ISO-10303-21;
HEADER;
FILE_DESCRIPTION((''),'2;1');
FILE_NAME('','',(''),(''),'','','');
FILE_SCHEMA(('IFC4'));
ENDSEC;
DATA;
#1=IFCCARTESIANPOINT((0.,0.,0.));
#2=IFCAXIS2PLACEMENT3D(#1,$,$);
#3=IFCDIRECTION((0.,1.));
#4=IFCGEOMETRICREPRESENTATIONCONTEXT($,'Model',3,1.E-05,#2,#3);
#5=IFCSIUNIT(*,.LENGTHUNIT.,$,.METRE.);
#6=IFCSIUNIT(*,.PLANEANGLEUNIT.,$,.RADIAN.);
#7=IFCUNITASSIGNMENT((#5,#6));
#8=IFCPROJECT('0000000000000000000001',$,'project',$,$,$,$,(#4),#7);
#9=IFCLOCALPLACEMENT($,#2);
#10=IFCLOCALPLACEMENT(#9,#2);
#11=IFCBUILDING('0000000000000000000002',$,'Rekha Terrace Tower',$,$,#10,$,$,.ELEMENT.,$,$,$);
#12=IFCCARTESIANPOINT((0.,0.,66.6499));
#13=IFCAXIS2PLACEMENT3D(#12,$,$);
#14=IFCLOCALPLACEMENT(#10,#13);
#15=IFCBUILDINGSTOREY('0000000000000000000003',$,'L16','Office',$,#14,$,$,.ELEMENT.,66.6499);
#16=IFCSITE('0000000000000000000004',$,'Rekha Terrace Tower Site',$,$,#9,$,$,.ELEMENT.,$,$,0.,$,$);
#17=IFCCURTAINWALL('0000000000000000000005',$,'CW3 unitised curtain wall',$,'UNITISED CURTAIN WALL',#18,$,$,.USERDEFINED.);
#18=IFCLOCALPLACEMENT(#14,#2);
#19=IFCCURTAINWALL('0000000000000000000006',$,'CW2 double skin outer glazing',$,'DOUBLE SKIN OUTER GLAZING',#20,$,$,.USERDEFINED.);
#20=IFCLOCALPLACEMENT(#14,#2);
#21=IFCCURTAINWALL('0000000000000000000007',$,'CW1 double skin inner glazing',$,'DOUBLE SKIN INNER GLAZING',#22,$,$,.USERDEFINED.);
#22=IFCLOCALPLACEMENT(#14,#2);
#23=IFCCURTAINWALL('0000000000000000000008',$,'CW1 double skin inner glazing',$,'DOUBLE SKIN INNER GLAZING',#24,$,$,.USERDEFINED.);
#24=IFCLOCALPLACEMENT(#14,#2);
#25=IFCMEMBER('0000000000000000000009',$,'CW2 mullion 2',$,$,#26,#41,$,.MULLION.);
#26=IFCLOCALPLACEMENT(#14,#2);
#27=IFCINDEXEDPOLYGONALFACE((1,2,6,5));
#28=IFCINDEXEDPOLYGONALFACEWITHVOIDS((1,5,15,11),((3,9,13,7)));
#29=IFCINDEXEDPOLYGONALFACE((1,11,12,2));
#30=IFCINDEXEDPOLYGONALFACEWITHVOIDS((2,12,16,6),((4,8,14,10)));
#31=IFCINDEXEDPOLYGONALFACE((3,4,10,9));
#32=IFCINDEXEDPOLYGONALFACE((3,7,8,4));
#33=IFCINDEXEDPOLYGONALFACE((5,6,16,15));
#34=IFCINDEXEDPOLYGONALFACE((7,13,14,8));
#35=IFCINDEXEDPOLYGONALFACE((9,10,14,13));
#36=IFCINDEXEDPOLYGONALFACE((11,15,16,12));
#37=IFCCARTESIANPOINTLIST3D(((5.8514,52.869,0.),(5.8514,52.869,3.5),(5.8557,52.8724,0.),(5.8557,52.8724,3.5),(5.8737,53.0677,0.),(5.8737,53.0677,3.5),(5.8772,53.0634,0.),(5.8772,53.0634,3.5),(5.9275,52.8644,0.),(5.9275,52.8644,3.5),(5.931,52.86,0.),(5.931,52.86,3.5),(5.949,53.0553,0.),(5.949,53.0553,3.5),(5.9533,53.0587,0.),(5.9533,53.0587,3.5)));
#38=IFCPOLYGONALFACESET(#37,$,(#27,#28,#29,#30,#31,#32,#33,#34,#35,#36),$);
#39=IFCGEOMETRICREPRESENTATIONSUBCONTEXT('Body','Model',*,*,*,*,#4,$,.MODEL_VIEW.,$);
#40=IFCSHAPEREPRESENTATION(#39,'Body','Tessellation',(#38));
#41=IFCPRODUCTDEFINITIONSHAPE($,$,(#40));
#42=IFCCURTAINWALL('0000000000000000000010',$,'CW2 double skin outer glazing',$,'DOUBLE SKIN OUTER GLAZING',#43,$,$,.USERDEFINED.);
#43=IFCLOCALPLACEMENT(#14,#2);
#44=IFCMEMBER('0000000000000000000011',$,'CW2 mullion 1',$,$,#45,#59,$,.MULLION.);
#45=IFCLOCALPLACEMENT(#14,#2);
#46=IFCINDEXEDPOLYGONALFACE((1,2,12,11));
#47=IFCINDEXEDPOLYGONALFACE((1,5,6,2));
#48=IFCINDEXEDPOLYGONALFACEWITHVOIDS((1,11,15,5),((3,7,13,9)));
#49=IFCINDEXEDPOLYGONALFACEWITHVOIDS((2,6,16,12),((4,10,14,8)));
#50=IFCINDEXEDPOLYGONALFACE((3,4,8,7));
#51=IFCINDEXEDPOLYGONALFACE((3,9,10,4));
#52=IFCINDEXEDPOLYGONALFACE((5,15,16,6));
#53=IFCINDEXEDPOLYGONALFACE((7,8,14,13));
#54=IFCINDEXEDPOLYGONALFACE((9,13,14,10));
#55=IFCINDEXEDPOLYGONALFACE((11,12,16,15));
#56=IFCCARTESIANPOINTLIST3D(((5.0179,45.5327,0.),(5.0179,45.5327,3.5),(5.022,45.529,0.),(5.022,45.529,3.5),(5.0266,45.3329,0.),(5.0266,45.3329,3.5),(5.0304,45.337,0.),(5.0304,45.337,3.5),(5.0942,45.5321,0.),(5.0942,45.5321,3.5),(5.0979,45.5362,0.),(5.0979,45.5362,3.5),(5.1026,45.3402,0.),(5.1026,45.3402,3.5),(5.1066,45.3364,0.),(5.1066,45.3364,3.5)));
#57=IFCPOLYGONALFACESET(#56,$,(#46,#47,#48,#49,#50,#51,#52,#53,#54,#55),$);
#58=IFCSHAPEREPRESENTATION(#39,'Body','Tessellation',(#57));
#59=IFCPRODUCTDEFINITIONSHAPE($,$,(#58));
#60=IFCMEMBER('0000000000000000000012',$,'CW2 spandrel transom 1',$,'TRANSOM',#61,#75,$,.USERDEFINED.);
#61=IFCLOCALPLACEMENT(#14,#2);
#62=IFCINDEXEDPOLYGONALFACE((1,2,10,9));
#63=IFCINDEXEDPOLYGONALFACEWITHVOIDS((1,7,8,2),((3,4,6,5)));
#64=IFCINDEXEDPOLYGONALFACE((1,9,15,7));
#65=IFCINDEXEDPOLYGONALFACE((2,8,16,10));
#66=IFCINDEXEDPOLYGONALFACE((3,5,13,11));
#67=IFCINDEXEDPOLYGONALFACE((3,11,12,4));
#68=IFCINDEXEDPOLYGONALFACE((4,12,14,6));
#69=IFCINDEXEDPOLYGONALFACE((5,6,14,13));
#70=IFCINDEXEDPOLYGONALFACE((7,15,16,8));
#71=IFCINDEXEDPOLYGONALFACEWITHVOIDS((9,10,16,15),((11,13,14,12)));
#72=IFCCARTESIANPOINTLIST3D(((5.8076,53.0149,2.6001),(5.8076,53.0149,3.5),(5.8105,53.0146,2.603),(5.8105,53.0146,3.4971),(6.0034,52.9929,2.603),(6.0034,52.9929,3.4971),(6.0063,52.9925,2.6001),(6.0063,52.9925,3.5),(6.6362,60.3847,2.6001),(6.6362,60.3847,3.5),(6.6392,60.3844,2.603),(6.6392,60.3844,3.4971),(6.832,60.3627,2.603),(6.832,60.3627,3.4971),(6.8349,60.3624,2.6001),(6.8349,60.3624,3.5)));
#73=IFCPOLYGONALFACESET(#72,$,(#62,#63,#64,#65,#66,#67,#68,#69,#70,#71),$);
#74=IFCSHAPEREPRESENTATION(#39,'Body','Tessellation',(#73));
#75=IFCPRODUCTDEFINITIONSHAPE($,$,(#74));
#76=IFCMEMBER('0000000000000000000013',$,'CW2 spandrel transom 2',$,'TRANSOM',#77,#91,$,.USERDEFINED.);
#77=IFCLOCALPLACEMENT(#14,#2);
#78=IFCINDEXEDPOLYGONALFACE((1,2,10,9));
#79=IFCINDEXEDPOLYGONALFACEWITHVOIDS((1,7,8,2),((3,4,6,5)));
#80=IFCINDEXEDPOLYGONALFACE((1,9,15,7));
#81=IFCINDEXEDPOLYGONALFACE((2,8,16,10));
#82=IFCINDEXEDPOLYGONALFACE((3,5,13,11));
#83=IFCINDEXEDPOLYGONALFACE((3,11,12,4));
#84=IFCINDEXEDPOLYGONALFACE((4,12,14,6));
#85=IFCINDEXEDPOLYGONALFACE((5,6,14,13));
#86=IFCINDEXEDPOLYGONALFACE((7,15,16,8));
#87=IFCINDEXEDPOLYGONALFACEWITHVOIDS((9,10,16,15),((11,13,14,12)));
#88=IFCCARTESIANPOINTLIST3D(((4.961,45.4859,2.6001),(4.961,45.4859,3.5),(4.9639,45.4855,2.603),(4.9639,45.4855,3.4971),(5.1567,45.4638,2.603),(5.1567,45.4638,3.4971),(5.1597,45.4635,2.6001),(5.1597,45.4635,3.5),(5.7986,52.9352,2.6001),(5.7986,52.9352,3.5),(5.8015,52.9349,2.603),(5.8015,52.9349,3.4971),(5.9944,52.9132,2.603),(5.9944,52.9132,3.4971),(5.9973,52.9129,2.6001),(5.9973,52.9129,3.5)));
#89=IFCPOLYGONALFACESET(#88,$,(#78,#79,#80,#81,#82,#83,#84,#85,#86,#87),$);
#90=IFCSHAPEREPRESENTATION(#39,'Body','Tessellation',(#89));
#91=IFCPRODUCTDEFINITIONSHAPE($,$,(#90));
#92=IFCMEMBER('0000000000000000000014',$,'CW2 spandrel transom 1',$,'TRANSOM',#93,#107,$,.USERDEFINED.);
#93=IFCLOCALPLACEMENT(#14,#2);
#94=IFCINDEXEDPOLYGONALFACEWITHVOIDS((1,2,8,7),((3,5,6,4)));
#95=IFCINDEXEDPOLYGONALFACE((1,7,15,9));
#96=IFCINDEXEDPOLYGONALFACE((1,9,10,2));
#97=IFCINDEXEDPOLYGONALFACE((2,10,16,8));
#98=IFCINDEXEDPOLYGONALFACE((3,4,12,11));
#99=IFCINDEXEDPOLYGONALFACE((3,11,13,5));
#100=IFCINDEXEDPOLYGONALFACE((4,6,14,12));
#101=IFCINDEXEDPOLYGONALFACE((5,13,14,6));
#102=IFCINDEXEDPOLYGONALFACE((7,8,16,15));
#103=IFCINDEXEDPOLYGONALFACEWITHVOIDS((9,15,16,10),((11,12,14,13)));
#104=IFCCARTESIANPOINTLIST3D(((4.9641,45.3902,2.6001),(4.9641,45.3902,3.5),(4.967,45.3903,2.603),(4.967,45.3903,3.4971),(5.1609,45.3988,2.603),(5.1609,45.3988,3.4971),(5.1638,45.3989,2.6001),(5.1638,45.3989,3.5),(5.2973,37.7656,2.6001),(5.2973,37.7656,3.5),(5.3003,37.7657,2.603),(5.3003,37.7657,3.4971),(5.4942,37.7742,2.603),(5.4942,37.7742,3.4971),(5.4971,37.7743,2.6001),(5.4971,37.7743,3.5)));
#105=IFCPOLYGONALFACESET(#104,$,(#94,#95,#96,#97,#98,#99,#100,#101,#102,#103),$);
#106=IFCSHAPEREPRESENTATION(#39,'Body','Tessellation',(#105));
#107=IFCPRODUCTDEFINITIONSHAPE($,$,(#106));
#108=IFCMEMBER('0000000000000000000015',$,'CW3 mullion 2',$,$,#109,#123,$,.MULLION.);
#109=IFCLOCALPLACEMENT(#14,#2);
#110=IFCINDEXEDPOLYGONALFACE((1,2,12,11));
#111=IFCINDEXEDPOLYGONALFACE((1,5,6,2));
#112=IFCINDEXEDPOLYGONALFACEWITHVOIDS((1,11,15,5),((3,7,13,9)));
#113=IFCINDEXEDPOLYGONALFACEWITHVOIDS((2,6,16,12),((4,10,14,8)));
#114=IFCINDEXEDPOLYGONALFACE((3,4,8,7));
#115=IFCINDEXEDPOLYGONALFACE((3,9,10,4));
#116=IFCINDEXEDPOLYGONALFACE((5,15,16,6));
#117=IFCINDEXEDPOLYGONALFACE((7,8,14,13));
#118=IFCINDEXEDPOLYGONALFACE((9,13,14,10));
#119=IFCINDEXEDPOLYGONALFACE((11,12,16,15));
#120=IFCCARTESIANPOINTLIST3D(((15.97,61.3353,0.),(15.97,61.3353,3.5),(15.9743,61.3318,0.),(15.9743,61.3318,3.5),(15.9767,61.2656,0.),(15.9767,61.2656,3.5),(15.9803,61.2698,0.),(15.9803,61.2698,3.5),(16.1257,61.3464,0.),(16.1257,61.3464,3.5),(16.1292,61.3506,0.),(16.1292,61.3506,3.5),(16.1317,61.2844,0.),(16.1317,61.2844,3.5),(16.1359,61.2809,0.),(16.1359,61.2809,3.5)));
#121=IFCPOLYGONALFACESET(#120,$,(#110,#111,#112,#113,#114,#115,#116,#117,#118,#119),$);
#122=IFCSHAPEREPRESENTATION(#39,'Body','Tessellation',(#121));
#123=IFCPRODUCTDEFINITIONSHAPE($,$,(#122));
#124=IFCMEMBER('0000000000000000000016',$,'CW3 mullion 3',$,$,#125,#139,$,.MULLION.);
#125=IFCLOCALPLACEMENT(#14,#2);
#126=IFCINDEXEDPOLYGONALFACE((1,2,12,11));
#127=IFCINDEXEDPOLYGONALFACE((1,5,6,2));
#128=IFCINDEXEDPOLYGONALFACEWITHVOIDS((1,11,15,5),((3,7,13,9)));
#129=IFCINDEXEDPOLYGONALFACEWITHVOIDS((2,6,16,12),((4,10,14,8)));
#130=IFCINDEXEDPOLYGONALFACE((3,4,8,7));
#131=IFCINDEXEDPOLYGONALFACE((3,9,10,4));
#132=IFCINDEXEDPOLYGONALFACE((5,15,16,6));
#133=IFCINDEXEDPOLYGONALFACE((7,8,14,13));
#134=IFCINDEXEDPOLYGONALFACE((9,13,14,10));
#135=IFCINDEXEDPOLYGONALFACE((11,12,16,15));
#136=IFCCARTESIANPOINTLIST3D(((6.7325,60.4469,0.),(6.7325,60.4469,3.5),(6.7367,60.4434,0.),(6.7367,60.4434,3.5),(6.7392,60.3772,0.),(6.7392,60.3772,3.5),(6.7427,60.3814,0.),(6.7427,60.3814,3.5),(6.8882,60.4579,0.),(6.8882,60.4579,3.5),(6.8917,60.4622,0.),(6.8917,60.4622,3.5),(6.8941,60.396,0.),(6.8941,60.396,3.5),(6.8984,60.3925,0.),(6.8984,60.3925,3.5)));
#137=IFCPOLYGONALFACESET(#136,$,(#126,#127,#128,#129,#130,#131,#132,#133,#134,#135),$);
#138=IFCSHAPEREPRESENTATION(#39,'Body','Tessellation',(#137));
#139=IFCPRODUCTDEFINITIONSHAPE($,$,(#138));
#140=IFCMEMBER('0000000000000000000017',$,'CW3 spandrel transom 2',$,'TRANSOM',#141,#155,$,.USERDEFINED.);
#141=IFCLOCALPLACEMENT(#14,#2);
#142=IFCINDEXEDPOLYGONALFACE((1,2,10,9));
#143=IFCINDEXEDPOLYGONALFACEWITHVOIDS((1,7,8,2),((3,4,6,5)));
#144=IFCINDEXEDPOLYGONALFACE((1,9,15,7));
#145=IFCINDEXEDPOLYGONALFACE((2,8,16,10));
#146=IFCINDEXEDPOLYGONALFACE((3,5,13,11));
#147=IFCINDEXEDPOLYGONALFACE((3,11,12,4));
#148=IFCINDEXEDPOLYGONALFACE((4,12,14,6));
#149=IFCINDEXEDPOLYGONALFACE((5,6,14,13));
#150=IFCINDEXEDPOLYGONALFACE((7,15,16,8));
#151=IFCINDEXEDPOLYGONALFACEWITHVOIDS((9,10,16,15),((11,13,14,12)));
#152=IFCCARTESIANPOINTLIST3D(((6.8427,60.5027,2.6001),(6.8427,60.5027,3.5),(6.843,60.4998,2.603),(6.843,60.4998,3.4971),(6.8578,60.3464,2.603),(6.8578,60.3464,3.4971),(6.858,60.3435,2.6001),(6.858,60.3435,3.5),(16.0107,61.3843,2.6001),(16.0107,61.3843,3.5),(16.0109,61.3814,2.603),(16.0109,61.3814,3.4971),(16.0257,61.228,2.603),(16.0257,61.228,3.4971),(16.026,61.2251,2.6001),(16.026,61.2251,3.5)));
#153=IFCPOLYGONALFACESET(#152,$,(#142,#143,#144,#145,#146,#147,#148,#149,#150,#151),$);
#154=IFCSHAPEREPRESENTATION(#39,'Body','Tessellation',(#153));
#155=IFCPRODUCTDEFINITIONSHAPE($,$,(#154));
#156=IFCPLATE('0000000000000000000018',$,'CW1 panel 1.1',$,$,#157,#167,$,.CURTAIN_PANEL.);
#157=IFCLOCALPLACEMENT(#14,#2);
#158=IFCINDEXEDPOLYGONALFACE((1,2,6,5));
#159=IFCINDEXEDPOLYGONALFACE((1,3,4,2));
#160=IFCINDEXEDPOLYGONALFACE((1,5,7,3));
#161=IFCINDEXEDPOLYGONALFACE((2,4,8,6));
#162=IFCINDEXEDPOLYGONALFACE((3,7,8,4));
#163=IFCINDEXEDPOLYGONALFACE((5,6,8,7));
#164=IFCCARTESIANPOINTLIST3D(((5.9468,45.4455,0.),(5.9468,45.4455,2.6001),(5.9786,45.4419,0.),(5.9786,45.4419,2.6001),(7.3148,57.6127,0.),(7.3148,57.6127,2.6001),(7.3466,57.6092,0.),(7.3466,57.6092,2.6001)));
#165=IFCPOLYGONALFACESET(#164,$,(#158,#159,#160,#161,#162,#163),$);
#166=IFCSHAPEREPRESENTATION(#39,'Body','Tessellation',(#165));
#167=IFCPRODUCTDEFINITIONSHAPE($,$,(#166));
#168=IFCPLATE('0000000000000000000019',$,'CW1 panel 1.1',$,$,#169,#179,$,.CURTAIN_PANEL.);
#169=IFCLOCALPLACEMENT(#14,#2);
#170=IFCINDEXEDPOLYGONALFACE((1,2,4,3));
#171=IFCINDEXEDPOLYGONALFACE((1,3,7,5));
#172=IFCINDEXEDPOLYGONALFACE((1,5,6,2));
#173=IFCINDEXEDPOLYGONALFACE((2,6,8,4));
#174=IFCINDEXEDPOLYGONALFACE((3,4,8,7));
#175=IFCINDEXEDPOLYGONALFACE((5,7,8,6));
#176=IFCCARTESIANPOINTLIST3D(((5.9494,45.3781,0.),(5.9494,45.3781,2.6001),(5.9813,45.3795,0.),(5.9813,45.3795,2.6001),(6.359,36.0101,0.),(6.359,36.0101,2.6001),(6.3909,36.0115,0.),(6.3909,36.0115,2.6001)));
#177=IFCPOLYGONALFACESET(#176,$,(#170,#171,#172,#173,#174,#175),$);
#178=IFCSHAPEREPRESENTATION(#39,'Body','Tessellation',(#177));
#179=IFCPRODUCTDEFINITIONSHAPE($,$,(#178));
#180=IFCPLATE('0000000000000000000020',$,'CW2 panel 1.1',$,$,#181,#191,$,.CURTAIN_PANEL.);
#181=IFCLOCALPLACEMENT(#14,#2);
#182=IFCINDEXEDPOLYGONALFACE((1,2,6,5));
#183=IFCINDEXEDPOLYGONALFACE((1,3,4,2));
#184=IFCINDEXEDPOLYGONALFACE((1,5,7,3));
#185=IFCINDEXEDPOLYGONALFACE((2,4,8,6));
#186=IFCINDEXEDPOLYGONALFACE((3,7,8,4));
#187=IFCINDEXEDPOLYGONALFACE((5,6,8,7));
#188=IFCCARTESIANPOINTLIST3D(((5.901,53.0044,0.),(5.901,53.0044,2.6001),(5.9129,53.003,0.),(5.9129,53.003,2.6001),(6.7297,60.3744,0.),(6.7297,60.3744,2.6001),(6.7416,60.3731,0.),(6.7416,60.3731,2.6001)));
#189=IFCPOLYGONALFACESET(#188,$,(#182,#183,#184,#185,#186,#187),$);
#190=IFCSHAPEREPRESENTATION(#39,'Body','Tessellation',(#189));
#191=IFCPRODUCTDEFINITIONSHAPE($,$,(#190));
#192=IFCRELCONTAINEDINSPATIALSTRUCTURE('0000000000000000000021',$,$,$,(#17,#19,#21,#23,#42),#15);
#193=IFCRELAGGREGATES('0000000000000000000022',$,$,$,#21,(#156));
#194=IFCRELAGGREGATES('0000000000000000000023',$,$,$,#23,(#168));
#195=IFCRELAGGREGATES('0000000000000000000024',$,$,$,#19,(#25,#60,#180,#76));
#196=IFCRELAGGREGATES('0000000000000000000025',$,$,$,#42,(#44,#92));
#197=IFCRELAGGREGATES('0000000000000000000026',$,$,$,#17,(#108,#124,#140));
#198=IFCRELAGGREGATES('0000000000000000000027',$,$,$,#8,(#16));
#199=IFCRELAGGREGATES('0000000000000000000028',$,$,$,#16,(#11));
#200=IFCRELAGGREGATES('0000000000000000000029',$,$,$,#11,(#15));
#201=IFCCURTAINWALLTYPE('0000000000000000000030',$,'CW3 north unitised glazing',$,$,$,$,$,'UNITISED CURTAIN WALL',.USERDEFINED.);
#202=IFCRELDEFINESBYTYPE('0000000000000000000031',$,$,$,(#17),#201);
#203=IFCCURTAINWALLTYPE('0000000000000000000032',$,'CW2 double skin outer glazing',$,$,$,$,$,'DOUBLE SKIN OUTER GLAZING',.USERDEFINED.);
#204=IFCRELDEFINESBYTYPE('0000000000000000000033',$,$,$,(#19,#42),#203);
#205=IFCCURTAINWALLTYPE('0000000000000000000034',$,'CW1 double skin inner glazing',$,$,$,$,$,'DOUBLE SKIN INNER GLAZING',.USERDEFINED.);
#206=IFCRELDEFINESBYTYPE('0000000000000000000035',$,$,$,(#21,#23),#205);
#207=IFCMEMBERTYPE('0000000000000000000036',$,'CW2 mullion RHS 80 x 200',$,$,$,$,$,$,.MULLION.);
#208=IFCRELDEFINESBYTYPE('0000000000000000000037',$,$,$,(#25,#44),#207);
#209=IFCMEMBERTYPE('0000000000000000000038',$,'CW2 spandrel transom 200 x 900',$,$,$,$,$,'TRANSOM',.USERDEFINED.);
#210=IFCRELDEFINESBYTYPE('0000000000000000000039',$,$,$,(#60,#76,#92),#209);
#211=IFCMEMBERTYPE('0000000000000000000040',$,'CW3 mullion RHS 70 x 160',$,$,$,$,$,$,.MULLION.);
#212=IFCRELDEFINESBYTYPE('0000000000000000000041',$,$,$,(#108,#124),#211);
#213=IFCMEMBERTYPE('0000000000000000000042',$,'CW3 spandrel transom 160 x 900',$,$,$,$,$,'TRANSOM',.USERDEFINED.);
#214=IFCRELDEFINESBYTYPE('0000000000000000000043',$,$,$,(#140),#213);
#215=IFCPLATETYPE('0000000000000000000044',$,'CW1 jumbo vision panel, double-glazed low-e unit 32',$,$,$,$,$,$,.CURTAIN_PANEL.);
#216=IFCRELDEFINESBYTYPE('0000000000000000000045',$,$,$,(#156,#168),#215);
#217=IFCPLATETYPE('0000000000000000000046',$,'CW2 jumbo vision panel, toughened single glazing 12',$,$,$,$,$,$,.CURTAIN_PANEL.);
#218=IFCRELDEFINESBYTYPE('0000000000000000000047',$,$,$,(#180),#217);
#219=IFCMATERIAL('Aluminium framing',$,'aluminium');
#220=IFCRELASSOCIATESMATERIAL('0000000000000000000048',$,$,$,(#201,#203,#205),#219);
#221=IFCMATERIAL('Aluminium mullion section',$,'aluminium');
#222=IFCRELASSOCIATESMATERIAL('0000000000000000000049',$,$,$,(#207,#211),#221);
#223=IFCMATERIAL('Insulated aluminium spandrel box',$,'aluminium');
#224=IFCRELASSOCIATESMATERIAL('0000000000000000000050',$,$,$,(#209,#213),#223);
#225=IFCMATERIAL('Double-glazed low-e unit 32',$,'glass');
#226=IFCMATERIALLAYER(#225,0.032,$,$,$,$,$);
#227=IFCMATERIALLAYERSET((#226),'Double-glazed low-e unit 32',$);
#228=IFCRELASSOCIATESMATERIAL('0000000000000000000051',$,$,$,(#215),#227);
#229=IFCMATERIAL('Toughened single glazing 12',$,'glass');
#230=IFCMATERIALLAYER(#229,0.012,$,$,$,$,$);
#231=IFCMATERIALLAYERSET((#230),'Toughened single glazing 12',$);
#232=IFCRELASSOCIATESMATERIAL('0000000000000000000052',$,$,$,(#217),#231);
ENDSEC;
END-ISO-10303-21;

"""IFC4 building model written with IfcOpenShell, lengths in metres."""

from ifc_helpers import new_model, si_unit, direction, frame, origin, origin_2d, place, context, subcontext, project, spatial, rectangle, hollow_rectangle, extrude, material, layer, layer_set, material_profile, profile_set, type_object, element, aggregate, save


model = new_model("IFC4")

# Units and contexts
model_context = context("Model", 3, precision=1e-05, world=origin(), true_north=direction((0.0, 1.0)))
body_context = subcontext(model_context, "Body", "Model", "MODEL_VIEW")
ifc_project = project(units=[si_unit("LENGTHUNIT", "METRE"), si_unit("PLANEANGLEUNIT", "RADIAN")], contexts=[model_context])

# Site, building, storey
site_placement = place(None, origin())
site = spatial("IfcSite", under=ifc_project, at=site_placement, Name="Rekha Terrace Tower Site", CompositionType="ELEMENT", RefElevation=0.0)
building_placement = place(site_placement, origin())
building = spatial("IfcBuilding", under=site, at=building_placement, Name="Rekha Terrace Tower", CompositionType="ELEMENT")
storey_placement = place(building_placement, frame((0.0, 0.0, 66.6499)))
storey = spatial("IfcBuildingStorey", under=building, at=storey_placement, Name="L16", Description="Office", CompositionType="ELEMENT", Elevation=66.6499)

# Curtain walls
ifc_material_1 = material(Name="Aluminium framing", Category="aluminium")
curtain_wall_type_1 = type_object("IfcCurtainWallType", Name="CW3 north unitised glazing", ElementType="UNITISED CURTAIN WALL", PredefinedType="USERDEFINED", material=ifc_material_1)
curtain_wall_1_placement = place(storey_placement, origin())
curtain_wall_1 = element("IfcCurtainWall", 1, at=curtain_wall_1_placement, inside=storey, type_object=curtain_wall_type_1, Name="CW3 unitised curtain wall", ObjectType="UNITISED CURTAIN WALL", PredefinedType="USERDEFINED")
curtain_wall_type_2 = type_object("IfcCurtainWallType", Name="CW2 double skin outer glazing", ElementType="DOUBLE SKIN OUTER GLAZING", PredefinedType="USERDEFINED", material=ifc_material_1)
curtain_wall_2_placement = place(storey_placement, origin())
curtain_wall_2 = element("IfcCurtainWall", 2, at=curtain_wall_2_placement, inside=storey, type_object=curtain_wall_type_2, Name="CW2 double skin outer glazing", ObjectType="DOUBLE SKIN OUTER GLAZING", PredefinedType="USERDEFINED")
curtain_wall_type_3 = type_object("IfcCurtainWallType", Name="CW1 double skin inner glazing", ElementType="DOUBLE SKIN INNER GLAZING", PredefinedType="USERDEFINED", material=ifc_material_1)
curtain_wall_3_placement = place(storey_placement, origin())
curtain_wall_3 = element("IfcCurtainWall", 3, at=curtain_wall_3_placement, inside=storey, type_object=curtain_wall_type_3, Name="CW1 double skin inner glazing", ObjectType="DOUBLE SKIN INNER GLAZING", PredefinedType="USERDEFINED")
ifc_material_2 = material(Name="Aluminium mullion section", Category="aluminium")
curtain_wall_4_placement = place(storey_placement, origin())
curtain_wall_4 = element("IfcCurtainWall", 4, at=curtain_wall_4_placement, inside=storey, type_object=curtain_wall_type_3, Name="CW1 double skin inner glazing", ObjectType="DOUBLE SKIN INNER GLAZING", PredefinedType="USERDEFINED")

# Member
ifc_material_3 = material(Name="Insulated aluminium spandrel box", Category="aluminium")
ifc_material_profile_1 = material_profile(ifc_material_2, hollow_rectangle(XDim=0.0801, YDim=0.2, WallThickness=0.0039, at=origin_2d()), Name="AL RHS 80x200")
ifc_profile_set_1 = profile_set([ifc_material_profile_1], Name="Aluminium mullion section")
member_type_1 = type_object("IfcMemberType", Name="CW2 mullion RHS 80 x 200", PredefinedType="MULLION", material=ifc_profile_set_1)
member_1_placement = place(storey_placement, frame((5.9023, 52.9639, 0.0), z_axis=(0.0, 0.0, 1.0), x_axis=(0.993739, -0.11173, 0.0)))
member_1 = element("IfcMember", 5, at=member_1_placement, type_object=member_type_1, Name="CW2 mullion 2", PredefinedType="MULLION", context=body_context, shape_type="SweptSolid", body=[
    extrude(hollow_rectangle(XDim=0.0801, YDim=0.2, WallThickness=0.0039, at=origin_2d()), origin(), (0.0, 0.0, 1.0), 3.5),
])

# Curtain wall, member
curtain_wall_5_placement = place(storey_placement, origin())
curtain_wall_5 = element("IfcCurtainWall", 6, at=curtain_wall_5_placement, inside=storey, type_object=curtain_wall_type_2, Name="CW2 double skin outer glazing", ObjectType="DOUBLE SKIN OUTER GLAZING", PredefinedType="USERDEFINED")
member_2_placement = place(storey_placement, frame((5.0623, 45.4346, 0.0), z_axis=(0.0, 0.0, 1.0), x_axis=(0.999045, 0.043683, 0.0)))
member_2 = element("IfcMember", 7, at=member_2_placement, type_object=member_type_1, Name="CW2 mullion 1", PredefinedType="MULLION", context=body_context, shape_type="SweptSolid", body=[
    extrude(hollow_rectangle(XDim=0.0801, YDim=0.2, WallThickness=0.0039, at=origin_2d()), origin(), (0.0, 0.0, 1.0), 3.5),
])

# Members
ifc_material_profile_2 = material_profile(ifc_material_3, hollow_rectangle(XDim=0.2, YDim=0.8999, WallThickness=0.0029, at=origin_2d()), Name="AL SPANDREL BOX 200x900")
ifc_profile_set_2 = profile_set([ifc_material_profile_2], Name="Insulated aluminium spandrel box")
member_type_2 = type_object("IfcMemberType", Name="CW2 spandrel transom 200 x 900", ElementType="TRANSOM", PredefinedType="USERDEFINED", material=ifc_profile_set_2)
member_3_placement = place(storey_placement, frame((6.7356, 60.3735, 3.05), z_axis=(-0.111729, -0.993739, 0.0), x_axis=(0.993739, -0.111729, 0.0)))
member_3 = element("IfcMember", 8, at=member_3_placement, type_object=member_type_2, Name="CW2 spandrel transom 1", ObjectType="TRANSOM", PredefinedType="USERDEFINED", context=body_context, shape_type="SweptSolid", body=[
    extrude(hollow_rectangle(XDim=0.2, YDim=0.8999, WallThickness=0.0029, at=origin_2d()), origin(), (0.0, 0.0, 1.0), 7.4163),
])
member_4_placement = place(storey_placement, frame((5.8979, 52.9241, 3.05), z_axis=(-0.11174, -0.993738, 0.0), x_axis=(0.993738, -0.11174, 0.0)))
member_4 = element("IfcMember", 9, at=member_4_placement, type_object=member_type_2, Name="CW2 spandrel transom 2", ObjectType="TRANSOM", PredefinedType="USERDEFINED", context=body_context, shape_type="SweptSolid", body=[
    extrude(hollow_rectangle(XDim=0.2, YDim=0.8999, WallThickness=0.0029, at=origin_2d()), origin(), (0.0, 0.0, 1.0), 7.4963),
])
member_5_placement = place(storey_placement, frame((5.064, 45.3945, 3.05), z_axis=(0.043666, -0.999046, 0.0), x_axis=(0.999046, 0.043666, 0.0)))
member_5 = element("IfcMember", 10, at=member_5_placement, type_object=member_type_2, Name="CW2 spandrel transom 1", ObjectType="TRANSOM", PredefinedType="USERDEFINED", context=body_context, shape_type="SweptSolid", body=[
    extrude(hollow_rectangle(XDim=0.2, YDim=0.8999, WallThickness=0.0029, at=origin_2d()), origin(), (0.0, 0.0, 1.0), 7.6318),
])
ifc_material_profile_3 = material_profile(ifc_material_2, hollow_rectangle(XDim=0.0701, YDim=0.1599, WallThickness=0.0039, at=origin_2d()), Name="AL RHS 70x160")
ifc_profile_set_3 = profile_set([ifc_material_profile_3], Name="Aluminium mullion section")
member_type_3 = type_object("IfcMemberType", Name="CW3 mullion RHS 70 x 160", PredefinedType="MULLION", material=ifc_profile_set_3)
member_6_placement = place(storey_placement, frame((16.053, 61.3081, 0.0), z_axis=(0.0, 0.0, 1.0), x_axis=(0.095712, -0.995409, 0.0)))
member_6 = element("IfcMember", 11, at=member_6_placement, type_object=member_type_3, Name="CW3 mullion 2", PredefinedType="MULLION", context=body_context, shape_type="SweptSolid", body=[
    extrude(hollow_rectangle(XDim=0.0701, YDim=0.1599, WallThickness=0.0039, at=origin_2d()), origin(), (0.0, 0.0, 1.0), 3.5),
])
member_7_placement = place(storey_placement, frame((6.8154, 60.4197, 0.0), z_axis=(0.0, 0.0, 1.0), x_axis=(0.095712, -0.995409, 0.0)))
member_7 = element("IfcMember", 12, at=member_7_placement, type_object=member_type_3, Name="CW3 mullion 3", PredefinedType="MULLION", context=body_context, shape_type="SweptSolid", body=[
    extrude(hollow_rectangle(XDim=0.0701, YDim=0.1599, WallThickness=0.0039, at=origin_2d()), origin(), (0.0, 0.0, 1.0), 3.5),
])
ifc_material_profile_4 = material_profile(ifc_material_3, hollow_rectangle(XDim=0.1599, YDim=0.8999, WallThickness=0.0029, at=origin_2d()), Name="AL SPANDREL BOX 160x900")
ifc_profile_set_4 = profile_set([ifc_material_profile_4], Name="Insulated aluminium spandrel box")
member_type_4 = type_object("IfcMemberType", Name="CW3 spandrel transom 160 x 900", ElementType="TRANSOM", PredefinedType="USERDEFINED", material=ifc_profile_set_4)
member_8_placement = place(storey_placement, frame((16.0183, 61.3047, 3.05), z_axis=(-0.995408, -0.095718, 0.0), x_axis=(0.095718, -0.995408, 0.0)))
member_8 = element("IfcMember", 13, at=member_8_placement, type_object=member_type_4, Name="CW3 spandrel transom 2", ObjectType="TRANSOM", PredefinedType="USERDEFINED", context=body_context, shape_type="SweptSolid", body=[
    extrude(hollow_rectangle(XDim=0.1599, YDim=0.8999, WallThickness=0.0029, at=origin_2d()), origin(), (0.0, 0.0, 1.0), 9.2102),
])

# Plates
ifc_material_4 = material(Name="Double-glazed low-e unit 32", Category="glass")
ifc_layer_1 = layer(ifc_material_4, 0.032)
ifc_layer_set_1 = layer_set([ifc_layer_1], Name="Double-glazed low-e unit 32")
plate_type_1 = type_object("IfcPlateType", Name="CW1 jumbo vision panel, double-glazed low-e unit 32", PredefinedType="CURTAIN_PANEL", material=ifc_layer_set_1)
plate_1_placement = place(storey_placement, frame((6.6467, 51.5273, 0.0), z_axis=(0.0, 0.0, 1.0), x_axis=(-0.11173, -0.993739, 0.0)))
plate_1 = element("IfcPlate", 14, at=plate_1_placement, type_object=plate_type_1, Name="CW1 panel 1.1", PredefinedType="CURTAIN_PANEL", context=body_context, shape_type="SweptSolid", body=[
    extrude(rectangle(XDim=12.2439, YDim=0.032, at=origin_2d()), origin(), (0.0, 0.0, 1.0), 2.6001),
])
aggregate(curtain_wall_3, [plate_1])
plate_2_placement = place(storey_placement, frame((6.1702, 40.6948, 0.0), z_axis=(0.0, 0.0, 1.0), x_axis=(0.043683, -0.999045, 0.0)))
plate_2 = element("IfcPlate", 15, at=plate_2_placement, type_object=plate_type_1, Name="CW1 panel 1.1", PredefinedType="CURTAIN_PANEL", context=body_context, shape_type="SweptSolid", body=[
    extrude(rectangle(XDim=9.377, YDim=0.032, at=origin_2d()), origin(), (0.0, 0.0, 1.0), 2.6001),
])
aggregate(curtain_wall_4, [plate_2])
ifc_material_5 = material(Name="Toughened single glazing 12", Category="glass")
ifc_layer_2 = layer(ifc_material_5, 0.012)
ifc_layer_set_2 = layer_set([ifc_layer_2], Name="Toughened single glazing 12")
plate_type_2 = type_object("IfcPlateType", Name="CW2 jumbo vision panel, toughened single glazing 12", PredefinedType="CURTAIN_PANEL", material=ifc_layer_set_2)
plate_3_placement = place(storey_placement, frame((6.3213, 56.6887, 0.0), z_axis=(0.0, 0.0, 1.0), x_axis=(-0.11173, -0.993739, 0.0)))
plate_3 = element("IfcPlate", 16, at=plate_3_placement, type_object=plate_type_2, Name="CW2 panel 1.1", PredefinedType="CURTAIN_PANEL", context=body_context, shape_type="SweptSolid", body=[
    extrude(rectangle(XDim=7.4165, YDim=0.012, at=origin_2d()), origin(), (0.0, 0.0, 1.0), 2.6001),
])
aggregate(curtain_wall_2, [member_1, member_3, plate_3, member_4])
aggregate(curtain_wall_5, [member_2, member_5])
aggregate(curtain_wall_1, [member_6, member_7, member_8])

save(model, "model.ifc")
